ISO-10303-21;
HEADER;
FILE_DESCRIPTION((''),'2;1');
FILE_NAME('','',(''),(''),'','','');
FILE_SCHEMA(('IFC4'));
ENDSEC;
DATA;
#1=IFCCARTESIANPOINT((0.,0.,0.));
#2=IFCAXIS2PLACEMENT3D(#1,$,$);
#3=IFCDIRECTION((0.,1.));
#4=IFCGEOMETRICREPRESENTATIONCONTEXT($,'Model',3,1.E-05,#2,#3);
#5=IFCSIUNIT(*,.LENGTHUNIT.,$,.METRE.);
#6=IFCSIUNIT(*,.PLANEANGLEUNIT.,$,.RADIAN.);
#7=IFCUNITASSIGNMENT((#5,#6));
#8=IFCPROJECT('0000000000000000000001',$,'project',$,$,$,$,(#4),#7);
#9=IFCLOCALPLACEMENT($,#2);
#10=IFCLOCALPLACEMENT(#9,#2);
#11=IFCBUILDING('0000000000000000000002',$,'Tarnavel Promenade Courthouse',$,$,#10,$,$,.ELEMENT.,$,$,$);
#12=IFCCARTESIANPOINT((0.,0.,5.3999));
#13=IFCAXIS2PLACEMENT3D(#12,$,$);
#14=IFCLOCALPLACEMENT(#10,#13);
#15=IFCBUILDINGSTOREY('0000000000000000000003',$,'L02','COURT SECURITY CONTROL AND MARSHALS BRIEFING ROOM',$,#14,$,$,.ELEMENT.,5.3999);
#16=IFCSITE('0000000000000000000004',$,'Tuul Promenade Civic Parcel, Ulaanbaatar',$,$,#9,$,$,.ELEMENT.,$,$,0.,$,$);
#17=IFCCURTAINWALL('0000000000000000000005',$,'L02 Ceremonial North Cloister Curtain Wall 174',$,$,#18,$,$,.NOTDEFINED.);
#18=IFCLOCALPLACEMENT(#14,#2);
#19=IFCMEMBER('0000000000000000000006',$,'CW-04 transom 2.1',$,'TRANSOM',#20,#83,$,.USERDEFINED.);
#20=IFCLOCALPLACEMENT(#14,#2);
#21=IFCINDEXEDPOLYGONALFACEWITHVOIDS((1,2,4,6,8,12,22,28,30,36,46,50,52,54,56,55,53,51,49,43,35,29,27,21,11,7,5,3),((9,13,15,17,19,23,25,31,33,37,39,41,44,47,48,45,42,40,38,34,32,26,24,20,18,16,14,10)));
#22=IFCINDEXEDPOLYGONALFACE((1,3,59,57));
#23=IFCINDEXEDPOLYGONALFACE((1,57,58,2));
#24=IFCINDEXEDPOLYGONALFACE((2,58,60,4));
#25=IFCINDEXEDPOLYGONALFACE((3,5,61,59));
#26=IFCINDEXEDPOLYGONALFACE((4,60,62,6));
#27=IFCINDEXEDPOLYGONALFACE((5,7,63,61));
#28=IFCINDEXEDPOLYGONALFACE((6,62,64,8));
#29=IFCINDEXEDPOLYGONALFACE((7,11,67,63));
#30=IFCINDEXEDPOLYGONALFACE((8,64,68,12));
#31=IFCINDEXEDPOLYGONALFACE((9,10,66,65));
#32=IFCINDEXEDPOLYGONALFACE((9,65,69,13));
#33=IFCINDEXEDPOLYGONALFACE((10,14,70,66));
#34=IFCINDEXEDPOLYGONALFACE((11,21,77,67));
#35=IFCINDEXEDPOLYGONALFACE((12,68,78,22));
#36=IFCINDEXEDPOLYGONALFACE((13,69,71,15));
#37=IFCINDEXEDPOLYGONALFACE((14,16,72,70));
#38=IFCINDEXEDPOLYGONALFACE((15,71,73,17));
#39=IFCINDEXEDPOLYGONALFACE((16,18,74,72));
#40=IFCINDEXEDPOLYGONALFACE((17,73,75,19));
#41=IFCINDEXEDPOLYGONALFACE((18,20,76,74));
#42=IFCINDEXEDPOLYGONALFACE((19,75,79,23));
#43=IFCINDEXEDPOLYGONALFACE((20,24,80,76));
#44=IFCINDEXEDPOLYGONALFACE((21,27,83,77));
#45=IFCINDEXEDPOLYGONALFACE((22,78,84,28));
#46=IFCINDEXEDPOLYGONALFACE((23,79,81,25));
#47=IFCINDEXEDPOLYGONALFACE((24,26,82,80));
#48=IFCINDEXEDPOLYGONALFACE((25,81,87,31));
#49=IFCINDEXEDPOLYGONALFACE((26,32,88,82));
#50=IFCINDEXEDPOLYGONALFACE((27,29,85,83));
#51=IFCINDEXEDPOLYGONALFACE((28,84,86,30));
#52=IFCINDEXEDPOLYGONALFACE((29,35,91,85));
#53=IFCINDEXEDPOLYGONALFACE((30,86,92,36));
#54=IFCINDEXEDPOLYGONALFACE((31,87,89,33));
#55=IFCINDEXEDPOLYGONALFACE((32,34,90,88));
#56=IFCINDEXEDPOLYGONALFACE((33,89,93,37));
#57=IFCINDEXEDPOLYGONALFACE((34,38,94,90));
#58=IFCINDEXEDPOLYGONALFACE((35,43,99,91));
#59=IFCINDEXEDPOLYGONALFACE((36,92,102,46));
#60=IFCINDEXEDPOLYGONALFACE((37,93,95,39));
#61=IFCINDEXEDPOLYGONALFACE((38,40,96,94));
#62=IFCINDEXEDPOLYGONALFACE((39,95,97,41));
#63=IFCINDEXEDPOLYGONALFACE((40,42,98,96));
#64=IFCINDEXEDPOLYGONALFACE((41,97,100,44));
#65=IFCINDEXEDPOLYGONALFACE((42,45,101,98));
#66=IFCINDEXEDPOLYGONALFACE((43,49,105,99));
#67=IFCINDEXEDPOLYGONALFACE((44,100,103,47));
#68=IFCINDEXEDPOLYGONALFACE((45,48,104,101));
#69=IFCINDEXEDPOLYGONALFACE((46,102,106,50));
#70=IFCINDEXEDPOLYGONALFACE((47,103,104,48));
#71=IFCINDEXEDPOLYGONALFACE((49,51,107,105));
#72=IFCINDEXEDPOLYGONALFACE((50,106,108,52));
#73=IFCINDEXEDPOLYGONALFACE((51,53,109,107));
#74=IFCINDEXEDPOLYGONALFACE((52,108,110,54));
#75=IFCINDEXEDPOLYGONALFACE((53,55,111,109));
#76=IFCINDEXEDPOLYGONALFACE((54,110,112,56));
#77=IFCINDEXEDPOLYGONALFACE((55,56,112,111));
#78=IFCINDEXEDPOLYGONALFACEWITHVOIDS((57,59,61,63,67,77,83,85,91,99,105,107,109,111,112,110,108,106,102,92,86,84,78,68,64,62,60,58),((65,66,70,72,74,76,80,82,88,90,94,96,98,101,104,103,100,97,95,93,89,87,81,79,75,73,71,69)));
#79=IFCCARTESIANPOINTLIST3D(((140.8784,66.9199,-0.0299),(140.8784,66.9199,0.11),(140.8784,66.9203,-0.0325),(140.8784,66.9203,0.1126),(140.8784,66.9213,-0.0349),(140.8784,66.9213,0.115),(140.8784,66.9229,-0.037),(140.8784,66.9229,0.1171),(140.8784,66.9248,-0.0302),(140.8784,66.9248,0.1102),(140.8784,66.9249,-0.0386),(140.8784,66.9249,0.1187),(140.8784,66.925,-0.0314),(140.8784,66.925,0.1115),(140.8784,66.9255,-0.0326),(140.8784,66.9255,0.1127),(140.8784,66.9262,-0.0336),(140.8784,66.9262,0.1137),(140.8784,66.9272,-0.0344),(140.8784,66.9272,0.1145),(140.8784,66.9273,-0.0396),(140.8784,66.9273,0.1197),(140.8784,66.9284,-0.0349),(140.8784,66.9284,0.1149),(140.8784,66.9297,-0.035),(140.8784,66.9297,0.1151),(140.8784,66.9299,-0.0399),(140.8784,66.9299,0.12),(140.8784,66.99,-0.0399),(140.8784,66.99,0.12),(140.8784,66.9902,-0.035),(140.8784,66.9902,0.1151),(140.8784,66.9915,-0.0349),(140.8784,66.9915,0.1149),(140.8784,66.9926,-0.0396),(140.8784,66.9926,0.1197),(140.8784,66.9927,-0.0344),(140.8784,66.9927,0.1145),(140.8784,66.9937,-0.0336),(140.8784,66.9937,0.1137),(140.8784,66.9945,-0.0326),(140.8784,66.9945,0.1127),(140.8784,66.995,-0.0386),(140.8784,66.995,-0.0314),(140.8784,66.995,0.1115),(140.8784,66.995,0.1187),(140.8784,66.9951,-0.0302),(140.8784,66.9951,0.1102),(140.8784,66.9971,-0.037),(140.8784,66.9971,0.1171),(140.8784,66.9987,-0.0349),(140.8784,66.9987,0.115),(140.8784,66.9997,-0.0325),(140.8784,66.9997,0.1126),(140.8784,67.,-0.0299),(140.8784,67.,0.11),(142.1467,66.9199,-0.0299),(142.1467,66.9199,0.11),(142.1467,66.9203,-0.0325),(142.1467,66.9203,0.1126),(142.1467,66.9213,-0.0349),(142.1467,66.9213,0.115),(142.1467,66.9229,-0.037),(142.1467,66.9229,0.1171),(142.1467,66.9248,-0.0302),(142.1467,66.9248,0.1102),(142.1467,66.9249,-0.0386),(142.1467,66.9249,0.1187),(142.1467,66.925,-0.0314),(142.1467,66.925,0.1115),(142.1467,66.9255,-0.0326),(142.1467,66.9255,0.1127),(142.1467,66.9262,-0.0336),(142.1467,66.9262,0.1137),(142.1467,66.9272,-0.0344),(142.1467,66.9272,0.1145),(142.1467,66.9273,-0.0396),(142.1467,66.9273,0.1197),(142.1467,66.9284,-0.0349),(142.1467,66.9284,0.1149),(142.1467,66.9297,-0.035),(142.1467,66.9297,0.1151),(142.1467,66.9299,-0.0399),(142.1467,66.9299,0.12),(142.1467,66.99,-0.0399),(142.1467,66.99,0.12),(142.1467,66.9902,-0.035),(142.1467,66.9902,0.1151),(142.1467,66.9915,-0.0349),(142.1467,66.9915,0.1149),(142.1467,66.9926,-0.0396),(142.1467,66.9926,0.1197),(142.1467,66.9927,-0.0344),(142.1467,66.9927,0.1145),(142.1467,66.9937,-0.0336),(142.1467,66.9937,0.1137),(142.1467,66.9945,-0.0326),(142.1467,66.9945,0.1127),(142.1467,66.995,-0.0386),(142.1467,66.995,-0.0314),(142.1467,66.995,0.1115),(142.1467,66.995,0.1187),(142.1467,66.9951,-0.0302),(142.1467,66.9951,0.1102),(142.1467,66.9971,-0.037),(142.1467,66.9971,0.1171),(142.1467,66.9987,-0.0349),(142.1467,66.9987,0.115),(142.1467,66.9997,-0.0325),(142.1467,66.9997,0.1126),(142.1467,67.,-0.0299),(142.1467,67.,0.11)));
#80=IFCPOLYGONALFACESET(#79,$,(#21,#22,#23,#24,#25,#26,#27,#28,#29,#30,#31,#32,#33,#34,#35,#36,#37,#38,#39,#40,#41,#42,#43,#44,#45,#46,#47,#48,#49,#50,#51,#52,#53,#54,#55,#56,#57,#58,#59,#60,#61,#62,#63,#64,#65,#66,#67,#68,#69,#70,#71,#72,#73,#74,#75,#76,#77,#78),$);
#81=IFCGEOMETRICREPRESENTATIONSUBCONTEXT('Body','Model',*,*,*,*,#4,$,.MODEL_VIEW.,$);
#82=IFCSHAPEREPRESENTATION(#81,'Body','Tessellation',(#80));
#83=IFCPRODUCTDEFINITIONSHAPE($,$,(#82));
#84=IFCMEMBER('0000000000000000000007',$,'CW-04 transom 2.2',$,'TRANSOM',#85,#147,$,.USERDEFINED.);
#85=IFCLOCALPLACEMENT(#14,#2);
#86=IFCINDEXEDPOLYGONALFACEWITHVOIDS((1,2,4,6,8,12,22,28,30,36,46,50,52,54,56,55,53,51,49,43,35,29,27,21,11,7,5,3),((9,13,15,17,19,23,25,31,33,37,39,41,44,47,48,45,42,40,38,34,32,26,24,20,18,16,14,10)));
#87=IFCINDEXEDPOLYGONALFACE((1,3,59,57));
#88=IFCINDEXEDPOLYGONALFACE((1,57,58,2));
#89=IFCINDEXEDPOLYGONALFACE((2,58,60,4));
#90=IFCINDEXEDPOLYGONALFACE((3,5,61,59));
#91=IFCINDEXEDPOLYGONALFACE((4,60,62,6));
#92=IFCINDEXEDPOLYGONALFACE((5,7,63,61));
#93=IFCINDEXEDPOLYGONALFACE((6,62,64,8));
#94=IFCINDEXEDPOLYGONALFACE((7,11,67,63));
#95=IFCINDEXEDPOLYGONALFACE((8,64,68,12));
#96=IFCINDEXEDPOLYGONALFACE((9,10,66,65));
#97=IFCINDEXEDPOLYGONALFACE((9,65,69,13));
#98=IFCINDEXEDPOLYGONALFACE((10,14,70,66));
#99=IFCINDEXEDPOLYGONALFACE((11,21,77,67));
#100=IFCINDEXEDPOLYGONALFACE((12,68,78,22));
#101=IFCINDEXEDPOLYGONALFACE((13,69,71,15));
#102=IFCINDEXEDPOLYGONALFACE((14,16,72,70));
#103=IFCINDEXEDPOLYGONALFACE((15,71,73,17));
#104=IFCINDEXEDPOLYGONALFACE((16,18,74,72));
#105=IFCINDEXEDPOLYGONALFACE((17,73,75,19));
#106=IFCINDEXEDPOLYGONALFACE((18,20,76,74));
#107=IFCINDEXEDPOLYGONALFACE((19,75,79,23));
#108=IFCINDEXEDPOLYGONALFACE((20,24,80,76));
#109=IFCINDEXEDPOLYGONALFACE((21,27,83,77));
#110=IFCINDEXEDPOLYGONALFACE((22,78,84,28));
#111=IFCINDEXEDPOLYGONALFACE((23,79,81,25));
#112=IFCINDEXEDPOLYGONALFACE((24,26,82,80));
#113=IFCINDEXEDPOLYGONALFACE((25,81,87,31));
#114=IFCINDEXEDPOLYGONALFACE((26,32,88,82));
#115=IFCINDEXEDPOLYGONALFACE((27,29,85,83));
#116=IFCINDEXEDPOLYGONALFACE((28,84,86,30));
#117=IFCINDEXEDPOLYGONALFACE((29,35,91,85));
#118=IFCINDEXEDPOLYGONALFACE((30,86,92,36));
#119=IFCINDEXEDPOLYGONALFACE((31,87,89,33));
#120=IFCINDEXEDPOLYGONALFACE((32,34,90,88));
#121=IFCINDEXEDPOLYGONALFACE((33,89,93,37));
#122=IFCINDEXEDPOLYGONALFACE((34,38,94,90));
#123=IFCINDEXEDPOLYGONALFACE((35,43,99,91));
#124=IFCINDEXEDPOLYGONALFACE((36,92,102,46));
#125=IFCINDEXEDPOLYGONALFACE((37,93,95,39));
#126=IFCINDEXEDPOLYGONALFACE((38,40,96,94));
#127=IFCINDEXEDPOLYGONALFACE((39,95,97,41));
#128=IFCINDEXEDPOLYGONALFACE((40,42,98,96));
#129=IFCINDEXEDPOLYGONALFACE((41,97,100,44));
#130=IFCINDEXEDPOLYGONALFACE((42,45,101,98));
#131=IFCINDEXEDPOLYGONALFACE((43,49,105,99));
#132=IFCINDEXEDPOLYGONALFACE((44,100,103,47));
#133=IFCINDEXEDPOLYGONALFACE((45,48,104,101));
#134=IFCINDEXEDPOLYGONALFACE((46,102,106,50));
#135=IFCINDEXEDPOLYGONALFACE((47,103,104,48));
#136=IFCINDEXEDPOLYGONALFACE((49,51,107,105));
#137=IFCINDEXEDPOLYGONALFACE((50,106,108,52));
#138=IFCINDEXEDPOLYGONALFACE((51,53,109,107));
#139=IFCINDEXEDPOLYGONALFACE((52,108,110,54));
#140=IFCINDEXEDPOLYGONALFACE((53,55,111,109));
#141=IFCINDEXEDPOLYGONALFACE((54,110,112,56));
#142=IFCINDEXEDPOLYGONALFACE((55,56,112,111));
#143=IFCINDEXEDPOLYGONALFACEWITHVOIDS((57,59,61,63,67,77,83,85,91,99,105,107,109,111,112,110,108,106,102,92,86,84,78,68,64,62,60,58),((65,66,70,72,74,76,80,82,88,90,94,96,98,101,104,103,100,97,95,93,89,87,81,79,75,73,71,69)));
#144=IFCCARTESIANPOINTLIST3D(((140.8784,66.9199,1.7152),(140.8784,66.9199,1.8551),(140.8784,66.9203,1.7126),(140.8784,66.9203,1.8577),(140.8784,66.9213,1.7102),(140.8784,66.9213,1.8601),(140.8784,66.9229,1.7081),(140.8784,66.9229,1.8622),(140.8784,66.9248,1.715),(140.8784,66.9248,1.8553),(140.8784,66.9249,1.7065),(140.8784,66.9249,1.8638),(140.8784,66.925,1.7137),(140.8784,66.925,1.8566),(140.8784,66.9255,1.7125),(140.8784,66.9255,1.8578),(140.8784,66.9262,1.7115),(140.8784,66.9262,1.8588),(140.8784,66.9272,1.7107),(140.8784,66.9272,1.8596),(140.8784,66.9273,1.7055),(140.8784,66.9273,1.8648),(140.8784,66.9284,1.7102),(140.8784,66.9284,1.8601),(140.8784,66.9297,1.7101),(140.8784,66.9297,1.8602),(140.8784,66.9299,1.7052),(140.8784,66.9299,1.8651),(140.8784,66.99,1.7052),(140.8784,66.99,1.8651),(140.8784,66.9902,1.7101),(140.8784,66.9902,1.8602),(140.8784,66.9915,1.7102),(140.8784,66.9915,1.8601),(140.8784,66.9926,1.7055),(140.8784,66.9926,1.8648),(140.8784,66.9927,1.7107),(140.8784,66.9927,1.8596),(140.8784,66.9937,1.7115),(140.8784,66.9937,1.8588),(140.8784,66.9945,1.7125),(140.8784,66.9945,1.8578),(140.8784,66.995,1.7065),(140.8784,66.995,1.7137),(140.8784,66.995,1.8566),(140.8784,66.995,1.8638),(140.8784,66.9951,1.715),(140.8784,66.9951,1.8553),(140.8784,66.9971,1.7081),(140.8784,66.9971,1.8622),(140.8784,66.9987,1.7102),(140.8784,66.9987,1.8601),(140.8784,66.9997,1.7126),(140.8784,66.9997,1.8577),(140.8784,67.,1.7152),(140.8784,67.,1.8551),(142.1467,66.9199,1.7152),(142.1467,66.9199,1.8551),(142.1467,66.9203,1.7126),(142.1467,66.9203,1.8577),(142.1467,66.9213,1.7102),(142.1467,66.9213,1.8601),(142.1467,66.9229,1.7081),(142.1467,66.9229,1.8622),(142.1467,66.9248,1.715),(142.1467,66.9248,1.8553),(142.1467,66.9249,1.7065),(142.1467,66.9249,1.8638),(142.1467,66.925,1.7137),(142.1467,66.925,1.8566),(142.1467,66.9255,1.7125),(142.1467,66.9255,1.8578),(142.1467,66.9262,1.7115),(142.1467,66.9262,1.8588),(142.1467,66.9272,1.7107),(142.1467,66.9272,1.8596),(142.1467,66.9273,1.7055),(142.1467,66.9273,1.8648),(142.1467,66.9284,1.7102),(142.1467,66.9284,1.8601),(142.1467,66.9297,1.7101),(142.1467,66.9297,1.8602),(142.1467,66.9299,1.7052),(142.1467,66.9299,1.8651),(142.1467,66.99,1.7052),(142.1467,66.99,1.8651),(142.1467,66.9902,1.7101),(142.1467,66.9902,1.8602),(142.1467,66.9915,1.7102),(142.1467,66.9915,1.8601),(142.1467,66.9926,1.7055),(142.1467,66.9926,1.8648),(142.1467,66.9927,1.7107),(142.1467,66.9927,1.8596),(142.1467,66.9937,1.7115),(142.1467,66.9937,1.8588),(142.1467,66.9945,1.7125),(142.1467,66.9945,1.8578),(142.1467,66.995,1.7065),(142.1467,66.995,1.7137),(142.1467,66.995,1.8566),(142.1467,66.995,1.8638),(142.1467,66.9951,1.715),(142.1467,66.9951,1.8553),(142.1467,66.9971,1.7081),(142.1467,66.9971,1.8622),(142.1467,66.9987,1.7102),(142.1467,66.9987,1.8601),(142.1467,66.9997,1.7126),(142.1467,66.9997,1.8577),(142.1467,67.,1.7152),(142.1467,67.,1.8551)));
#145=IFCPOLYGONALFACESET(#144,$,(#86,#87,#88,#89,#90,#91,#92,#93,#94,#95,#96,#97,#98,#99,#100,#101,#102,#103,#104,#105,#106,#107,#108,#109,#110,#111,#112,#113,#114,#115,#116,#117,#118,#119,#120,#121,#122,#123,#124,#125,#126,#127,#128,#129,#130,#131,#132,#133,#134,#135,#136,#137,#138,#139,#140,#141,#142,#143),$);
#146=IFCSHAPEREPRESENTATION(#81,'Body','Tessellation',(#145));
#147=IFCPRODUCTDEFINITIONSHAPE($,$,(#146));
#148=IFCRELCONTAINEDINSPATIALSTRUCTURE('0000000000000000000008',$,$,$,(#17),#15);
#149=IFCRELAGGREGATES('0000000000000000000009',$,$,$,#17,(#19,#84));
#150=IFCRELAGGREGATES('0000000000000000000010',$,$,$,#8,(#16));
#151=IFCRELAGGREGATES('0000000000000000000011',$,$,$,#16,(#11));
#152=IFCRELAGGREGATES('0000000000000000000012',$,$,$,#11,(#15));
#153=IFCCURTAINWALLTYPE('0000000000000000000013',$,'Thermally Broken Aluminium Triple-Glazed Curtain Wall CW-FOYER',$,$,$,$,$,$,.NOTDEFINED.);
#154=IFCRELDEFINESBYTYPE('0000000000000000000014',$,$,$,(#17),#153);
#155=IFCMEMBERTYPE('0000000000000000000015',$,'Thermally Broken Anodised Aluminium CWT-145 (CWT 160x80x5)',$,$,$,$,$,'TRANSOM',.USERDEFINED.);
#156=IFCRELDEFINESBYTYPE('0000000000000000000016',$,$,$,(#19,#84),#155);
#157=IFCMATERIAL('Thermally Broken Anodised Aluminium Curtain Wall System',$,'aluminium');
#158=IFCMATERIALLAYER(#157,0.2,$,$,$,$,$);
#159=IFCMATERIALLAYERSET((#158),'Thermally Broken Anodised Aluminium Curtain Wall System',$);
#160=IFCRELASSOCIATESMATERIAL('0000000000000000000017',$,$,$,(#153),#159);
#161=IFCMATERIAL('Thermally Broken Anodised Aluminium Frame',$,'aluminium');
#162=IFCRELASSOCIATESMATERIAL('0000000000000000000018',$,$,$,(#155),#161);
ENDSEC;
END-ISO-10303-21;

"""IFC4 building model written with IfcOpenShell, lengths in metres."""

from ifc_helpers import new_model, si_unit, direction, frame, origin, origin_2d, place, context, subcontext, project, spatial, hollow_rectangle, extrude, material, layer, layer_set, material_profile, profile_set, type_object, element, aggregate, save


model = new_model("IFC4")

# Units and contexts
model_context = context("Model", 3, precision=1e-05, world=origin(), true_north=direction((0.0, 1.0)))
body_context = subcontext(model_context, "Body", "Model", "MODEL_VIEW")
ifc_project = project(units=[si_unit("LENGTHUNIT", "METRE"), si_unit("PLANEANGLEUNIT", "RADIAN")], contexts=[model_context])

# Site, building, storey
site_placement = place(None, origin())
site = spatial("IfcSite", under=ifc_project, at=site_placement, Name="Tuul Promenade Civic Parcel, Ulaanbaatar", CompositionType="ELEMENT", RefElevation=0.0)
building_placement = place(site_placement, origin())
building = spatial("IfcBuilding", under=site, at=building_placement, Name="Tarnavel Promenade Courthouse", CompositionType="ELEMENT")
storey_placement = place(building_placement, frame((0.0, 0.0, 5.3999)))
storey = spatial("IfcBuildingStorey", under=building, at=storey_placement, Name="L02", Description="COURT SECURITY CONTROL AND MARSHALS BRIEFING ROOM", CompositionType="ELEMENT", Elevation=5.3999)

# Curtain wall
ifc_material_1 = material(Name="Thermally Broken Anodised Aluminium Curtain Wall System", Category="aluminium")
ifc_layer_1 = layer(ifc_material_1, 0.2)
ifc_layer_set_1 = layer_set([ifc_layer_1], Name="Thermally Broken Anodised Aluminium Curtain Wall System")
curtain_wall_type = type_object("IfcCurtainWallType", Name="Thermally Broken Aluminium Triple-Glazed Curtain Wall CW-FOYER", PredefinedType="NOTDEFINED", material=ifc_layer_set_1)
curtain_wall_1_placement = place(storey_placement, origin())
curtain_wall_1 = element("IfcCurtainWall", 1, at=curtain_wall_1_placement, inside=storey, type_object=curtain_wall_type, Name="L02 Ceremonial North Cloister Curtain Wall 174", PredefinedType="NOTDEFINED")
ifc_material_2 = material(Name="Thermally Broken Anodised Aluminium Frame", Category="aluminium")

# Members
ifc_material_profile_1 = material_profile(ifc_material_2, hollow_rectangle(XDim=0.0801, YDim=0.1599, WallThickness=0.0049, InnerFilletRadius=0.0049, OuterFilletRadius=0.01, at=origin_2d()), Name="CWT 160x80x5")
ifc_profile_set_1 = profile_set([ifc_material_profile_1], Name="Thermally Broken Anodised Aluminium Frame")
member_type_1 = type_object("IfcMemberType", Name="Thermally Broken Anodised Aluminium CWT-145 (CWT 160x80x5)", ElementType="TRANSOM", PredefinedType="USERDEFINED", material=ifc_profile_set_1)
member_1_placement = place(storey_placement, frame((142.1467, 66.96, 0.04), z_axis=(-1.0, 0.0, 0.0), x_axis=(0.0, -1.0, 0.0)))
member_1 = element("IfcMember", 2, at=member_1_placement, type_object=member_type_1, Name="CW-04 transom 2.1", ObjectType="TRANSOM", PredefinedType="USERDEFINED", context=body_context, shape_type="SweptSolid", body=[
    extrude(hollow_rectangle(XDim=0.0801, YDim=0.1599, WallThickness=0.0049, InnerFilletRadius=0.0049, OuterFilletRadius=0.01, at=origin_2d()), origin(), (0.0, 0.0, 1.0), 1.2683),
])
member_2_placement = place(storey_placement, frame((142.1467, 66.96, 1.7852), z_axis=(-1.0, 0.0, 0.0), x_axis=(0.0, -1.0, 0.0)))
member_2 = element("IfcMember", 3, at=member_2_placement, type_object=member_type_1, Name="CW-04 transom 2.2", ObjectType="TRANSOM", PredefinedType="USERDEFINED", context=body_context, shape_type="SweptSolid", body=[
    extrude(hollow_rectangle(XDim=0.0801, YDim=0.1599, WallThickness=0.0049, InnerFilletRadius=0.0049, OuterFilletRadius=0.01, at=origin_2d()), origin(), (0.0, 0.0, 1.0), 1.2683),
])

aggregate(curtain_wall_1, [member_1, member_2])

save(model, "model.ifc")
